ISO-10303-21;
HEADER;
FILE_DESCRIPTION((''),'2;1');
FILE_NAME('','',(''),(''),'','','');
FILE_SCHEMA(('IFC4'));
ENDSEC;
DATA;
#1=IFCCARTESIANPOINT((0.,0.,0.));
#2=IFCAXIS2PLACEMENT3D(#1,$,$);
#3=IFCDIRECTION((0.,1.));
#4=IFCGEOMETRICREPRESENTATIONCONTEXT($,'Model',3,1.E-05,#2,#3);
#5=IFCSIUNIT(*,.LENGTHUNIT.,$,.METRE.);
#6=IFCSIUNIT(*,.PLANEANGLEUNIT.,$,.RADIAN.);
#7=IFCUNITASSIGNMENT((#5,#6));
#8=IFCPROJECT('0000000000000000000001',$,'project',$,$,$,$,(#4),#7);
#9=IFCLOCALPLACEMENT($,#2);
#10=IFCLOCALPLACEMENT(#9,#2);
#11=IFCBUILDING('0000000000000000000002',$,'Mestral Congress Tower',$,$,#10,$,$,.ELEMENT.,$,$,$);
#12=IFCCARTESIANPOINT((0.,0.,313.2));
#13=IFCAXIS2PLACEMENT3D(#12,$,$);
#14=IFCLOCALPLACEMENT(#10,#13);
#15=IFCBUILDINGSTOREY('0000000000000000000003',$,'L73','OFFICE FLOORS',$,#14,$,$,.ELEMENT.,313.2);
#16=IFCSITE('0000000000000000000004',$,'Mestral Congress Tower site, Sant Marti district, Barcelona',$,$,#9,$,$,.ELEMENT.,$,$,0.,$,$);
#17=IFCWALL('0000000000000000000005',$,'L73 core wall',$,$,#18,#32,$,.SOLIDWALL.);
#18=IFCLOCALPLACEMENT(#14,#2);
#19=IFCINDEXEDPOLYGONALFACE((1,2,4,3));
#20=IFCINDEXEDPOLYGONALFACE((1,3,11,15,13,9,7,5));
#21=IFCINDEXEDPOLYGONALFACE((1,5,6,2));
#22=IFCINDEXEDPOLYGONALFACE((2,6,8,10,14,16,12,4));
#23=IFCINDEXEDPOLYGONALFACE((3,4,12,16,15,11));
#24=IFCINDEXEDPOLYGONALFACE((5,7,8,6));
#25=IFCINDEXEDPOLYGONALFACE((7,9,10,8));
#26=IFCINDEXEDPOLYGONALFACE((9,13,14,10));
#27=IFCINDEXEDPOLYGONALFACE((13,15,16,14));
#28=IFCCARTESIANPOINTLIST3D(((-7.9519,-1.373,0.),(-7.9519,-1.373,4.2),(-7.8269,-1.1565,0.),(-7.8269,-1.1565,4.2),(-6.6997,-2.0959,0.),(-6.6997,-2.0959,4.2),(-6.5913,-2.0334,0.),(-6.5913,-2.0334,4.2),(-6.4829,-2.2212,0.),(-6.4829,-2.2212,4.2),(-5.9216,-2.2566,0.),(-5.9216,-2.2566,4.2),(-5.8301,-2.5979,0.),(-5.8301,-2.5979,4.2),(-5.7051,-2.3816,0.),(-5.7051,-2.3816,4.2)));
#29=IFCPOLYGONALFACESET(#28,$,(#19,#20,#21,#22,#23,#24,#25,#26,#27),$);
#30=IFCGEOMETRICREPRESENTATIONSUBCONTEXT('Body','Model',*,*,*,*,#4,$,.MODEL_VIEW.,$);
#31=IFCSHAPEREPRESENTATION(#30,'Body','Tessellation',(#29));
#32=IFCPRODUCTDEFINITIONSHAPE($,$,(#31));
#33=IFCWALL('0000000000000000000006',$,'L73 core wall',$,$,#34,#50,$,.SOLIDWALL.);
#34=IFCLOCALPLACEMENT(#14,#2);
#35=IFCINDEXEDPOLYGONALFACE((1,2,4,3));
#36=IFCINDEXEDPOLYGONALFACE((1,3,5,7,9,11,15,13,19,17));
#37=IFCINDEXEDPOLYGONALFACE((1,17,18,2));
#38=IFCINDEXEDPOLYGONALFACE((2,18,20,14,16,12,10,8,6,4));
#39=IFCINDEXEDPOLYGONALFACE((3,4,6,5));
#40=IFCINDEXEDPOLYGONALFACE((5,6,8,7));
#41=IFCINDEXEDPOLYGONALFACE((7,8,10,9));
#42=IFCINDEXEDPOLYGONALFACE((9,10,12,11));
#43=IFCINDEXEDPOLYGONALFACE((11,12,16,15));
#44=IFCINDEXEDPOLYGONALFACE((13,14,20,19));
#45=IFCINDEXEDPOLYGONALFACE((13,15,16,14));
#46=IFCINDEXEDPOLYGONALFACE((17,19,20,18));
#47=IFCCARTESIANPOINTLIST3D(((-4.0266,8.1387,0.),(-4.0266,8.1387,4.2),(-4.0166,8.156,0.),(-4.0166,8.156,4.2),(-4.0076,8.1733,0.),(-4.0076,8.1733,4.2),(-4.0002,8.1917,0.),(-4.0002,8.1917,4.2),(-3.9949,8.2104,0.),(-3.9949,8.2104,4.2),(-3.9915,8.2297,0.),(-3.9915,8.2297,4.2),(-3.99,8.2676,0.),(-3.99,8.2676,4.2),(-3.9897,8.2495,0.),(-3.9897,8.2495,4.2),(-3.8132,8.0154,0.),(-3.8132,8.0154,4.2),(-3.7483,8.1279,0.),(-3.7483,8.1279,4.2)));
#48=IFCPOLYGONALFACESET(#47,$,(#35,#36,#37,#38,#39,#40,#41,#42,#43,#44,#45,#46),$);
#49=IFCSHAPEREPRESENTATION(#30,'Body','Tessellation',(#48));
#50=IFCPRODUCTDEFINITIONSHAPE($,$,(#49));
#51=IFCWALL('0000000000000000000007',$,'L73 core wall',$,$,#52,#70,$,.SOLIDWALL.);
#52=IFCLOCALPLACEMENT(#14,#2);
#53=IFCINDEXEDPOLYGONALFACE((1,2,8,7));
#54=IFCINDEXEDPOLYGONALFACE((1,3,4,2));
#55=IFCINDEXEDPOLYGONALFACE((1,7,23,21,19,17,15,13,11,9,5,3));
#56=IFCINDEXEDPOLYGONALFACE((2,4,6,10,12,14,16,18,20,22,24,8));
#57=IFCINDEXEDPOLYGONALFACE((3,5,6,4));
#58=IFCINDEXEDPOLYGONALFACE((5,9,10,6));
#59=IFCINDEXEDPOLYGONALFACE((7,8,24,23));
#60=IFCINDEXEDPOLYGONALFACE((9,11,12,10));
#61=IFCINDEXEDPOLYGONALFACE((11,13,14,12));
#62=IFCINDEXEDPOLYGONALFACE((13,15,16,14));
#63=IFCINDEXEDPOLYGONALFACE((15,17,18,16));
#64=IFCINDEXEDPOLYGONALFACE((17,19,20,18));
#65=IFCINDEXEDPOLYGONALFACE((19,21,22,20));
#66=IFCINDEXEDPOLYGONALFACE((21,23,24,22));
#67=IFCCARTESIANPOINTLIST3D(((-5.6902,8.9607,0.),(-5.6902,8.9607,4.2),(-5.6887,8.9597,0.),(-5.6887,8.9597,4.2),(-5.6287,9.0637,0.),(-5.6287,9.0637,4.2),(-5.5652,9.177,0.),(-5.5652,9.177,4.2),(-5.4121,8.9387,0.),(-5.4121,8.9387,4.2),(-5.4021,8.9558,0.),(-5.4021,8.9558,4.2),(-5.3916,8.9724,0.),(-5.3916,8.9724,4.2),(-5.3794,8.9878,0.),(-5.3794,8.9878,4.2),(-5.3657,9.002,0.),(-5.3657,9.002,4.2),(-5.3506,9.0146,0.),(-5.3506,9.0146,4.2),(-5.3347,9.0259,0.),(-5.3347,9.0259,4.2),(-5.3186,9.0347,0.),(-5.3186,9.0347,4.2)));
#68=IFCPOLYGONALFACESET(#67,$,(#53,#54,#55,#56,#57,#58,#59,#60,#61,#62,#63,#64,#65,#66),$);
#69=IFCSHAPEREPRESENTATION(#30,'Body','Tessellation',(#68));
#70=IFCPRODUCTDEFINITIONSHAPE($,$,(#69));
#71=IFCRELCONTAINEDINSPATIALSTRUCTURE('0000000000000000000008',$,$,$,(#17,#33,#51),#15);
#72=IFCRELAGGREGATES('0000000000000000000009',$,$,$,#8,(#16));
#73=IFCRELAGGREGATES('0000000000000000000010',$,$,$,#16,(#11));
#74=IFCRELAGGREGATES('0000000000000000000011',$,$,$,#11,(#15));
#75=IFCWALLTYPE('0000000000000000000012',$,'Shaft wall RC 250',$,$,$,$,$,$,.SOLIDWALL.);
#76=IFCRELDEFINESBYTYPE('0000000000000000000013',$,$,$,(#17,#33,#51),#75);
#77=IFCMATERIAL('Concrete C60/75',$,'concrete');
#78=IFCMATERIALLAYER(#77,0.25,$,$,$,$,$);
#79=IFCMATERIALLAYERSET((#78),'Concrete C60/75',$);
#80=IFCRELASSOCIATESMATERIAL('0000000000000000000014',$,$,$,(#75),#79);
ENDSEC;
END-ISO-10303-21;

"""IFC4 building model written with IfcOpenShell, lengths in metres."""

from ifc_helpers import new_model, si_unit, direction, frame, origin, place, context, subcontext, project, spatial, polyline, outline, extrude, material, layer, layer_set, type_object, element, save


model = new_model("IFC4")

# Units and contexts
model_context = context("Model", 3, precision=1e-05, world=origin(), true_north=direction((0.0, 1.0)))
body_context = subcontext(model_context, "Body", "Model", "MODEL_VIEW")
ifc_project = project(units=[si_unit("LENGTHUNIT", "METRE"), si_unit("PLANEANGLEUNIT", "RADIAN")], contexts=[model_context])

# Site, building, storey
site_placement = place(None, origin())
site = spatial("IfcSite", under=ifc_project, at=site_placement, Name="Mestral Congress Tower site, Sant Marti district, Barcelona", CompositionType="ELEMENT", RefElevation=0.0)
building_placement = place(site_placement, origin())
building = spatial("IfcBuilding", under=site, at=building_placement, Name="Mestral Congress Tower", CompositionType="ELEMENT")
storey_placement = place(building_placement, frame((0.0, 0.0, 313.2)))
storey = spatial("IfcBuildingStorey", under=building, at=storey_placement, Name="L73", Description="OFFICE FLOORS", CompositionType="ELEMENT", Elevation=313.2)

# Walls
ifc_material_1 = material(Name="Concrete C60/75", Category="concrete")
placement = place(storey_placement, origin())
ifc_layer_1 = layer(ifc_material_1, 0.25)
ifc_layer_set_1 = layer_set([ifc_layer_1], Name="Concrete C60/75")
wall_type_1 = type_object("IfcWallType", Name="Shaft wall RC 250", PredefinedType="SOLIDWALL", material=ifc_layer_set_1)
element("IfcWall", 1, at=placement, inside=storey, type_object=wall_type_1, Name="L73 core wall", PredefinedType="SOLIDWALL", context=body_context, shape_type="SweptSolid", body=[
    extrude(outline(polyline([(-5.9216, -2.2566), (-5.9216, -2.2566), (-5.7051, -2.3816), (-5.8301, -2.5979), (-6.4829, -2.2212), (-6.5913, -2.0334), (-6.5913, -2.0334), (-6.6997, -2.0959), (-7.9519, -1.373), (-7.8269, -1.1565), (-5.9216, -2.2566)])), origin(), (0.0, 0.0, 1.0), 4.2),
])
element("IfcWall", 2, at=placement, inside=storey, type_object=wall_type_1, Name="L73 core wall", PredefinedType="SOLIDWALL", context=body_context, shape_type="SweptSolid", body=[
    extrude(outline(polyline([(-3.7483, 8.1279), (-3.8132, 8.0154), (-4.0266, 8.1387), (-4.0166, 8.156), (-4.0076, 8.1733), (-4.0002, 8.1917), (-3.9949, 8.2104), (-3.9915, 8.2297), (-3.9897, 8.2495), (-3.99, 8.2676), (-3.7483, 8.1279)])), origin(), (0.0, 0.0, 1.0), 4.2),
])
element("IfcWall", 3, at=placement, inside=storey, type_object=wall_type_1, Name="L73 core wall", PredefinedType="SOLIDWALL", context=body_context, shape_type="SweptSolid", body=[
    extrude(outline(polyline([(-5.6887, 8.9597), (-5.6902, 8.9607), (-5.5652, 9.177), (-5.3186, 9.0347), (-5.3347, 9.0259), (-5.3506, 9.0146), (-5.3657, 9.002), (-5.3794, 8.9878), (-5.3916, 8.9724), (-5.4021, 8.9558), (-5.4121, 8.9387), (-5.6287, 9.0637), (-5.6287, 9.0637), (-5.6887, 8.9597)])), origin(), (0.0, 0.0, 1.0), 4.2),
])

save(model, "model.ifc")
